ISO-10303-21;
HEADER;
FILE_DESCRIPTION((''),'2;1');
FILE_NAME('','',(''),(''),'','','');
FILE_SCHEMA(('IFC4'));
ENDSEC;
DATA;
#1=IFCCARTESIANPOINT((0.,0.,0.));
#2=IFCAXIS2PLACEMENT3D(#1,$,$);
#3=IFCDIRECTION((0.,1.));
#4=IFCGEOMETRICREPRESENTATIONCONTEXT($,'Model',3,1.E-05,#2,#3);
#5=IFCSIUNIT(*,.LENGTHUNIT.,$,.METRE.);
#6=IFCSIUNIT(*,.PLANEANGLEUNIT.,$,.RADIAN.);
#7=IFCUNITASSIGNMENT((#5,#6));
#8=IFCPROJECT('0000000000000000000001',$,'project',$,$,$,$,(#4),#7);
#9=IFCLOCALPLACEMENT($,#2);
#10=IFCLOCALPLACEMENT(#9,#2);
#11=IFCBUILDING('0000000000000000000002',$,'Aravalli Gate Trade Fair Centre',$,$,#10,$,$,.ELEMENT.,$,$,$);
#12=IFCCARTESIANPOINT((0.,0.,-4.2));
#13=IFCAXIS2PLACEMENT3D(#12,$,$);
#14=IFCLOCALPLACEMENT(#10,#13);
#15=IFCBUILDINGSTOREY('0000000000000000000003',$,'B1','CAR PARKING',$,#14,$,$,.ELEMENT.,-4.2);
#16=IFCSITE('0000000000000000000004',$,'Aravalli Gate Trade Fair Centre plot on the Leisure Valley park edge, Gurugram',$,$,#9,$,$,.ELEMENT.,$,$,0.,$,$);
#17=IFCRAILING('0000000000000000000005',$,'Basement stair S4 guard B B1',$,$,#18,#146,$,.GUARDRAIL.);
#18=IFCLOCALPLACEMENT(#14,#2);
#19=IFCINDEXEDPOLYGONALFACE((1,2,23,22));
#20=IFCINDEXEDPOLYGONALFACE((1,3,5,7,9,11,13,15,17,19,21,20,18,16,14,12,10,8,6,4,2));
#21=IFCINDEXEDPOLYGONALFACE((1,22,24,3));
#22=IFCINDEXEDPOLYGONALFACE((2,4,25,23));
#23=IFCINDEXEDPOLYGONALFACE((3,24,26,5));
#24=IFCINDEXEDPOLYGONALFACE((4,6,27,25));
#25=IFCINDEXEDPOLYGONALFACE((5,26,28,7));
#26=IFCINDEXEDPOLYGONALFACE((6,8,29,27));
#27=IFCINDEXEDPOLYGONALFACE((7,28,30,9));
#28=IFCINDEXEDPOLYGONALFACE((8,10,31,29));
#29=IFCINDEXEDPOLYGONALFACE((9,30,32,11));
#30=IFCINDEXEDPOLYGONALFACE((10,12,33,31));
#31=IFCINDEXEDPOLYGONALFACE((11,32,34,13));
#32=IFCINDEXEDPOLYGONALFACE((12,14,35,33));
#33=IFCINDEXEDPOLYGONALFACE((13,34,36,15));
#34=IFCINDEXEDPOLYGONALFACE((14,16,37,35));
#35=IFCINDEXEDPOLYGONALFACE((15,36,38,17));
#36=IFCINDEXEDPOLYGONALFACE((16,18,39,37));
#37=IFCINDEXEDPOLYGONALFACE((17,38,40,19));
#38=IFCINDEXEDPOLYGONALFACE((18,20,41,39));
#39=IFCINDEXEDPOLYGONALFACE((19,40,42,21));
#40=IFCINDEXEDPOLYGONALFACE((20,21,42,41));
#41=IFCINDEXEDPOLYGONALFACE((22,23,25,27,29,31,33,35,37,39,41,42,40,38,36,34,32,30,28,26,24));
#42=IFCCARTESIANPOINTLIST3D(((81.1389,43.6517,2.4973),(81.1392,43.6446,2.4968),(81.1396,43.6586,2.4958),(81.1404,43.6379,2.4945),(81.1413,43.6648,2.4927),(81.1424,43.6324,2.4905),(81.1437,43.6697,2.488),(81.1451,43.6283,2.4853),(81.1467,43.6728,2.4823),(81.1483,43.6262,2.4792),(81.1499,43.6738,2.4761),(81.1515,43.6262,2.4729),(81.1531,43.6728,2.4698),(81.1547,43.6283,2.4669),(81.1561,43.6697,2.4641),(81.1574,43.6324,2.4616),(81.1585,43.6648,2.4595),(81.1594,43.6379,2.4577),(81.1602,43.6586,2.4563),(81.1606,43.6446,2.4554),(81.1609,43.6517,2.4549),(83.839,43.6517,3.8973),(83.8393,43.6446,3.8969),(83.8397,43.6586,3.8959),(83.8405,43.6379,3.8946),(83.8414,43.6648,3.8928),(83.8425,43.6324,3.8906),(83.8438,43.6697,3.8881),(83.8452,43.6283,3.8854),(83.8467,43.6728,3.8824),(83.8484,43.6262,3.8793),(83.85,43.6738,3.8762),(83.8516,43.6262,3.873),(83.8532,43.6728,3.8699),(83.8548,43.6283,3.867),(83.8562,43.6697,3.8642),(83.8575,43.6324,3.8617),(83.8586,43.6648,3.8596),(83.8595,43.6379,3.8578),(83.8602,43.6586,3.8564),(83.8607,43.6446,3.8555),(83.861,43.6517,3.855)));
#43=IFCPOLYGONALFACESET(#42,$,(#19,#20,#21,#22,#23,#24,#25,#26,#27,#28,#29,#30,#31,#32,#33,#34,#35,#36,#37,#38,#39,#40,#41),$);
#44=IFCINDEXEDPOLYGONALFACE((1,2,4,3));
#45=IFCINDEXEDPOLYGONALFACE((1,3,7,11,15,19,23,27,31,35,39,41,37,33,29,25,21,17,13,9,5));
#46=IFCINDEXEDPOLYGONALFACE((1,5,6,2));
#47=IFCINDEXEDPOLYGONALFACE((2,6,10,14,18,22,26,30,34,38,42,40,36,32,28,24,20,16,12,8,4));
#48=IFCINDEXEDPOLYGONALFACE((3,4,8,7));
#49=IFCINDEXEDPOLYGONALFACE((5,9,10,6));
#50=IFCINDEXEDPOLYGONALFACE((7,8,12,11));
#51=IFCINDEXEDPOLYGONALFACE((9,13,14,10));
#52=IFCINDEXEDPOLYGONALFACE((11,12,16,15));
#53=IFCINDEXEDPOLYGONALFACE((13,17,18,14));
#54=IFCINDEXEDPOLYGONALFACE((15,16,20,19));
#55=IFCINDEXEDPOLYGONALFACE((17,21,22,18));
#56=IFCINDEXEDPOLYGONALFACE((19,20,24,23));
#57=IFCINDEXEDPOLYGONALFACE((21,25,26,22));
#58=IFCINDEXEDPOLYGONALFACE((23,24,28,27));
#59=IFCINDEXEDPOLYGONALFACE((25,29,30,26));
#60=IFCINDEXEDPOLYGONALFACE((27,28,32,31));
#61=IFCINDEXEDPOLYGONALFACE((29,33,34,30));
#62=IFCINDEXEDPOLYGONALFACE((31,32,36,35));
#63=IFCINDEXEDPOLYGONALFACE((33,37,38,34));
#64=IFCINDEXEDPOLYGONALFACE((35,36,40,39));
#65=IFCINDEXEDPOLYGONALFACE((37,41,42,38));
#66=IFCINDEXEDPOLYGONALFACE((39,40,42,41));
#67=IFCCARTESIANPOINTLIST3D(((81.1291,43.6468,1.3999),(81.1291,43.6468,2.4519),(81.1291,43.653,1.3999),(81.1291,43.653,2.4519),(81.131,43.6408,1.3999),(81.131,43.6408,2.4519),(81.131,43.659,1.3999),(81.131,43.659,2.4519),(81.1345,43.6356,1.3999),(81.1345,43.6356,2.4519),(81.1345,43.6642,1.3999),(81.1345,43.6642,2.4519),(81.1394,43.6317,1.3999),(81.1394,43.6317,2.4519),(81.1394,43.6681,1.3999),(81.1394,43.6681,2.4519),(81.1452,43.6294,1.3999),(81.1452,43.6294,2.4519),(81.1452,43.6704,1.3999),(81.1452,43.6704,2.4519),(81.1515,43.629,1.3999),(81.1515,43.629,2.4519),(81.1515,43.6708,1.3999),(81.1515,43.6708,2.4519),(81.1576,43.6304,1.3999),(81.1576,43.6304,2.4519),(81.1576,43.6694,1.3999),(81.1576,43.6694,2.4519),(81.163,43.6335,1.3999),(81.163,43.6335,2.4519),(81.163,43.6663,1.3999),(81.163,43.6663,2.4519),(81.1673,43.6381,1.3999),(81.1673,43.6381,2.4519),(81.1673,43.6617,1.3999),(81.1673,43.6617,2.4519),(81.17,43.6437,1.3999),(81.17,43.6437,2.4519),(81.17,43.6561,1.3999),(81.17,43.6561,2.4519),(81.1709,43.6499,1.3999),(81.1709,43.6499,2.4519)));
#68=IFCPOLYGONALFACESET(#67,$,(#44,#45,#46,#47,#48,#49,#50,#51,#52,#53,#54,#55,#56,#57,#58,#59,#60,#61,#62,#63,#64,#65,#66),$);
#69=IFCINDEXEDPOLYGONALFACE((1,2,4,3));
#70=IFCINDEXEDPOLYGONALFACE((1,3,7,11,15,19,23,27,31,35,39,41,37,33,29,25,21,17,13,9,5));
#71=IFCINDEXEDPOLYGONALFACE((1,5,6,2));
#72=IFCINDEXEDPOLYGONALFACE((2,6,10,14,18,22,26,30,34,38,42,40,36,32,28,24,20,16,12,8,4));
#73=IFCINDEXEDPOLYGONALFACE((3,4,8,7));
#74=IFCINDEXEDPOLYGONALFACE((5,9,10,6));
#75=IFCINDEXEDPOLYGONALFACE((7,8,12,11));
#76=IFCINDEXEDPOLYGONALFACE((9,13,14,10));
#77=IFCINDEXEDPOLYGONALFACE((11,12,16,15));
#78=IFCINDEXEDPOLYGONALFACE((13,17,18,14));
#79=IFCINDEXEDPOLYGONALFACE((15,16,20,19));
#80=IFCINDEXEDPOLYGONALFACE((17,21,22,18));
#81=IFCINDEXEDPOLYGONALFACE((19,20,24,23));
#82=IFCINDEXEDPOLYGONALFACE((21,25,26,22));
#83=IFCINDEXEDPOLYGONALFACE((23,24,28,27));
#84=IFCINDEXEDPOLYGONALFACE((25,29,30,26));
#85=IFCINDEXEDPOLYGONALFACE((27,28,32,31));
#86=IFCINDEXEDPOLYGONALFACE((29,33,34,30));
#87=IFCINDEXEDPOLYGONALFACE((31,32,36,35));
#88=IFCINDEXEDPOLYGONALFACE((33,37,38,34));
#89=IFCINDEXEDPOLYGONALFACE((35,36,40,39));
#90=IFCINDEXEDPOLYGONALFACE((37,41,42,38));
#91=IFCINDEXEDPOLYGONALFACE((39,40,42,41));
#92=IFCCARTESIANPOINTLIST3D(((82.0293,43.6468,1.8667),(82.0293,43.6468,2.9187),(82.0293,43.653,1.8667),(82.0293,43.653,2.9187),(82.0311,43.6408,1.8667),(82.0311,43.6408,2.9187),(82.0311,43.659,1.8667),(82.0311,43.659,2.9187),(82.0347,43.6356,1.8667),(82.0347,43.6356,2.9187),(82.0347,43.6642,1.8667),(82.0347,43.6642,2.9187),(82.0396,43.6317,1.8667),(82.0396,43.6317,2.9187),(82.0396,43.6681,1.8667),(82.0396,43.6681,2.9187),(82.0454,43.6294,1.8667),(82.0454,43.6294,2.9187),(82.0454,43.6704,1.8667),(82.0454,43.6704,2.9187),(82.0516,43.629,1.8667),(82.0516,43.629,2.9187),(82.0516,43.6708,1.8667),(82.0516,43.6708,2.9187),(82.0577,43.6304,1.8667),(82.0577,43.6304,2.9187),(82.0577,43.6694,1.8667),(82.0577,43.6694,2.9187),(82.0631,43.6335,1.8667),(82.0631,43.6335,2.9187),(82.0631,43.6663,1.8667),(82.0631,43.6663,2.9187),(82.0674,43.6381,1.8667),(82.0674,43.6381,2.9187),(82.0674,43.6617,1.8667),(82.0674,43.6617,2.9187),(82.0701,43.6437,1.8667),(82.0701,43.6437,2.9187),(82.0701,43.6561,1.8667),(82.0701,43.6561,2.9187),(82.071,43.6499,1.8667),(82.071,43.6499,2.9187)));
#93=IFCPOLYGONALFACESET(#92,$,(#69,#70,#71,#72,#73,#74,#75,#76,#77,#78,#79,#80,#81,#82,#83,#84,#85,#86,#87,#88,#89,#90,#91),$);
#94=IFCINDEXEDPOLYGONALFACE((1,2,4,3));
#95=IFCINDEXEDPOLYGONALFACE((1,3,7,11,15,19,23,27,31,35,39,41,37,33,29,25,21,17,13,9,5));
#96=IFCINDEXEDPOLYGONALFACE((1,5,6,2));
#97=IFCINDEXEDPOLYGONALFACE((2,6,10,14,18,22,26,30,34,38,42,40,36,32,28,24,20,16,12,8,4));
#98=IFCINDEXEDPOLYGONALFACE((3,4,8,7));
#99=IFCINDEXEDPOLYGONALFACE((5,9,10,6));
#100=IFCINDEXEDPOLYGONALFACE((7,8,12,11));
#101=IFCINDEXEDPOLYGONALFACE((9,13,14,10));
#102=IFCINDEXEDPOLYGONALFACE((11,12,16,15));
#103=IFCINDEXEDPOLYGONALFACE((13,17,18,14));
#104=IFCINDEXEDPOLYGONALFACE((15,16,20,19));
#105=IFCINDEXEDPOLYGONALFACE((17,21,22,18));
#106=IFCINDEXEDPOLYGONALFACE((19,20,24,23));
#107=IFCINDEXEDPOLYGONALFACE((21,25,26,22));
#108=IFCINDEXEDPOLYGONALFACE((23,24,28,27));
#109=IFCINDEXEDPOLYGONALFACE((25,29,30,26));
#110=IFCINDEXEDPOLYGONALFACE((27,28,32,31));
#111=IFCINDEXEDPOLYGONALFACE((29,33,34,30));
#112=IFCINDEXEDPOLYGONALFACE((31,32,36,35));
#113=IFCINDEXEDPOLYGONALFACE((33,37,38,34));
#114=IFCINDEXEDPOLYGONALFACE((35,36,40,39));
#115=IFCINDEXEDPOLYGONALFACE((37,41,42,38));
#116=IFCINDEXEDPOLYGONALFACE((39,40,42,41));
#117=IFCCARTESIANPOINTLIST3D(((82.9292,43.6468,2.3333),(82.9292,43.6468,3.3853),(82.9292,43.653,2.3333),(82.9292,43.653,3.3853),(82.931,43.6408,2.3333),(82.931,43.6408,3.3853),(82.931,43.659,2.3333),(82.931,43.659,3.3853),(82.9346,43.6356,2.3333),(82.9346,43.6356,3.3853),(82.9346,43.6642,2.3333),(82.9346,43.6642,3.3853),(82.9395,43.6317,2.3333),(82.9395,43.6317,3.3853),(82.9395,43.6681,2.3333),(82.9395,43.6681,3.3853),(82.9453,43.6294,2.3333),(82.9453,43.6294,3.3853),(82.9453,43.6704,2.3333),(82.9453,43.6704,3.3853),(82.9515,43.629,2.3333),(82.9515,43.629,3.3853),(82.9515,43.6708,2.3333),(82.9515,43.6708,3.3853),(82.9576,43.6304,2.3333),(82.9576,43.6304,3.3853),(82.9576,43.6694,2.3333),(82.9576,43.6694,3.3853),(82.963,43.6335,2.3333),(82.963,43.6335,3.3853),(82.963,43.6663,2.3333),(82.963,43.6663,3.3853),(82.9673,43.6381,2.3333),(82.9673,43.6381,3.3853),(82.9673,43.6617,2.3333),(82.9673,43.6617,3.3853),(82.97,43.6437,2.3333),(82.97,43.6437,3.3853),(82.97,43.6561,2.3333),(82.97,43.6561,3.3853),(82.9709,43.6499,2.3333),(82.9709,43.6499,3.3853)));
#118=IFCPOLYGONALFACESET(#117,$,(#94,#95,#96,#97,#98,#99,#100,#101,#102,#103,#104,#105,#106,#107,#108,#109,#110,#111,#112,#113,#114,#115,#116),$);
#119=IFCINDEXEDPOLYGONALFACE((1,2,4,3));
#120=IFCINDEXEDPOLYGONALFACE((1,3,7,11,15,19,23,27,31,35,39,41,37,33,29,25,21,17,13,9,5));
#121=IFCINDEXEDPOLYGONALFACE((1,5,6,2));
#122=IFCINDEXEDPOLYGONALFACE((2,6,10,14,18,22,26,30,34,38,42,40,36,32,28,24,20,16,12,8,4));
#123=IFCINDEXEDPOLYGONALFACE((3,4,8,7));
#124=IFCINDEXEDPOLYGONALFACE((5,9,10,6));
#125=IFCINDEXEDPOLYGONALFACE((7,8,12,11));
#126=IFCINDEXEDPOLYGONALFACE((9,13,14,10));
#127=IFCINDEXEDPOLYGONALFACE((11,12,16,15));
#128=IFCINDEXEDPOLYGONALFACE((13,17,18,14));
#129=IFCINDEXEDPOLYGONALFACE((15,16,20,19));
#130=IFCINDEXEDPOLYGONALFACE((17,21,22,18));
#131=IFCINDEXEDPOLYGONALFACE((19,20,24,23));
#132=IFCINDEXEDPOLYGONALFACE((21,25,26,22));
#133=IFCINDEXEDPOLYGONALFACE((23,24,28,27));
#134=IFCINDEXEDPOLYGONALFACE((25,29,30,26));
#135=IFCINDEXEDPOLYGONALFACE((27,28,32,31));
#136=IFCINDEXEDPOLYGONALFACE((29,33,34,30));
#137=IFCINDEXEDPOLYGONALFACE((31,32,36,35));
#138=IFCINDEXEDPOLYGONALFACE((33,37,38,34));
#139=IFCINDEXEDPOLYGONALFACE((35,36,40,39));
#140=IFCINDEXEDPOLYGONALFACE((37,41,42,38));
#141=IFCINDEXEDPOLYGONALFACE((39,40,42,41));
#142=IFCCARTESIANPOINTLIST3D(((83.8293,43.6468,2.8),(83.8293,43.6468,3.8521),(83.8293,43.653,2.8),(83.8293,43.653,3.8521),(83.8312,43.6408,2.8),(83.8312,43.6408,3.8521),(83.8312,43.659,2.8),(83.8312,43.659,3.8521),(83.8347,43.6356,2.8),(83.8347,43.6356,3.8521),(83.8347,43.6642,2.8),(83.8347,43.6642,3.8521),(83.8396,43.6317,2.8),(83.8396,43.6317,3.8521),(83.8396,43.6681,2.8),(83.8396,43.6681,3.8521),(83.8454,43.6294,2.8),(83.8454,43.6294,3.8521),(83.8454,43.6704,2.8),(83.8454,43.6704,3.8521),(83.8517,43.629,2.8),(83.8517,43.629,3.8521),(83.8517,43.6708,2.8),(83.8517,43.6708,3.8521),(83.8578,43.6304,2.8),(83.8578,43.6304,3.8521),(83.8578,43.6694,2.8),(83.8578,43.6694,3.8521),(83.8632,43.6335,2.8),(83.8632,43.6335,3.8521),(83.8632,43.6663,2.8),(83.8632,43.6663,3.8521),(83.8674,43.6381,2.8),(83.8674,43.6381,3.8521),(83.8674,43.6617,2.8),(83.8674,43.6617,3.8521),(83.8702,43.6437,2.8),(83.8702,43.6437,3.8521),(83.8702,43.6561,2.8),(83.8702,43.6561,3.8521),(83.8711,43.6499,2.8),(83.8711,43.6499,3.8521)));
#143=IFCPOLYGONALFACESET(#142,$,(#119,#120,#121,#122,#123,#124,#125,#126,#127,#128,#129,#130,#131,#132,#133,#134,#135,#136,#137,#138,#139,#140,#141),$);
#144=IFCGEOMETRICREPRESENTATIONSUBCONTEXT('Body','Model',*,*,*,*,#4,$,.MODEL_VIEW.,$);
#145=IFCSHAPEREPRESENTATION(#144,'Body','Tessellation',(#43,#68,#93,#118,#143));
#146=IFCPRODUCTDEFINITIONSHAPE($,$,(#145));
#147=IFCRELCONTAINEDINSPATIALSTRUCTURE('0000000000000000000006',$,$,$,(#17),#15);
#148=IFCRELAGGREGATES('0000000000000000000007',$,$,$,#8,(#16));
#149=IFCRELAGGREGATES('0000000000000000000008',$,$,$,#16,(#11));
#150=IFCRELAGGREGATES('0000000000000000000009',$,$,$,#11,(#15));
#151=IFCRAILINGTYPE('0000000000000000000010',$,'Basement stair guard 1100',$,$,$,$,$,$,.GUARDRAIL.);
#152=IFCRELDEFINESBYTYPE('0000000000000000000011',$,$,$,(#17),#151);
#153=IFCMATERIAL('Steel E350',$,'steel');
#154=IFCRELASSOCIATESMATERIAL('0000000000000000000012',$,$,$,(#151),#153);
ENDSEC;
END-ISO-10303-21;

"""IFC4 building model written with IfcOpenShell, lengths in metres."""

from ifc_helpers import new_model, si_unit, direction, frame, origin, origin_2d, place, context, subcontext, project, spatial, circle, extrude, material, type_object, element, save


model = new_model("IFC4")

# Units and contexts
model_context = context("Model", 3, precision=1e-05, world=origin(), true_north=direction((0.0, 1.0)))
body_context = subcontext(model_context, "Body", "Model", "MODEL_VIEW")
ifc_project = project(units=[si_unit("LENGTHUNIT", "METRE"), si_unit("PLANEANGLEUNIT", "RADIAN")], contexts=[model_context])

# Site, building, storey
site_placement = place(None, origin())
site = spatial("IfcSite", under=ifc_project, at=site_placement, Name="Aravalli Gate Trade Fair Centre plot on the Leisure Valley park edge, Gurugram", CompositionType="ELEMENT", RefElevation=0.0)
building_placement = place(site_placement, origin())
building = spatial("IfcBuilding", under=site, at=building_placement, Name="Aravalli Gate Trade Fair Centre", CompositionType="ELEMENT")
storey_placement = place(building_placement, frame((0.0, 0.0, -4.2)))
storey = spatial("IfcBuildingStorey", under=building, at=storey_placement, Name="B1", Description="CAR PARKING", CompositionType="ELEMENT", Elevation=-4.2)

# Railing
ifc_material_1 = material(Name="Steel E350", Category="steel")
railing_type_1 = type_object("IfcRailingType", Name="Basement stair guard 1100", PredefinedType="GUARDRAIL", material=ifc_material_1)
railing_1_placement = place(storey_placement, frame((81.1499, 43.6499, 1.3999)))
element("IfcRailing", 1, at=railing_1_placement, inside=storey, type_object=railing_type_1, Name="Basement stair S4 guard B B1", PredefinedType="GUARDRAIL", context=body_context, shape_type="SweptSolid", body=[
    extrude(circle(Radius=0.0239, at=origin_2d()), frame((0.0, 0.0, 1.0762), z_axis=(0.887748, 0.0, 0.460329), x_axis=(0.0, 1.0, 0.0)), (0.0, 0.0, 1.0), 3.0415),
    extrude(circle(Radius=0.021, at=origin_2d()), origin(), (0.0, 0.0, 1.0), 1.052),
    extrude(circle(Radius=0.021, at=origin_2d()), frame((0.9001, 0.0, 0.4668)), (0.0, 0.0, 1.0), 1.052),
    extrude(circle(Radius=0.021, at=origin_2d()), frame((1.8, 0.0, 0.9333)), (0.0, 0.0, 1.0), 1.052),
    extrude(circle(Radius=0.021, at=origin_2d()), frame((2.7002, 0.0, 1.4001)), (0.0, 0.0, 1.0), 1.052),
])

save(model, "model.ifc")
